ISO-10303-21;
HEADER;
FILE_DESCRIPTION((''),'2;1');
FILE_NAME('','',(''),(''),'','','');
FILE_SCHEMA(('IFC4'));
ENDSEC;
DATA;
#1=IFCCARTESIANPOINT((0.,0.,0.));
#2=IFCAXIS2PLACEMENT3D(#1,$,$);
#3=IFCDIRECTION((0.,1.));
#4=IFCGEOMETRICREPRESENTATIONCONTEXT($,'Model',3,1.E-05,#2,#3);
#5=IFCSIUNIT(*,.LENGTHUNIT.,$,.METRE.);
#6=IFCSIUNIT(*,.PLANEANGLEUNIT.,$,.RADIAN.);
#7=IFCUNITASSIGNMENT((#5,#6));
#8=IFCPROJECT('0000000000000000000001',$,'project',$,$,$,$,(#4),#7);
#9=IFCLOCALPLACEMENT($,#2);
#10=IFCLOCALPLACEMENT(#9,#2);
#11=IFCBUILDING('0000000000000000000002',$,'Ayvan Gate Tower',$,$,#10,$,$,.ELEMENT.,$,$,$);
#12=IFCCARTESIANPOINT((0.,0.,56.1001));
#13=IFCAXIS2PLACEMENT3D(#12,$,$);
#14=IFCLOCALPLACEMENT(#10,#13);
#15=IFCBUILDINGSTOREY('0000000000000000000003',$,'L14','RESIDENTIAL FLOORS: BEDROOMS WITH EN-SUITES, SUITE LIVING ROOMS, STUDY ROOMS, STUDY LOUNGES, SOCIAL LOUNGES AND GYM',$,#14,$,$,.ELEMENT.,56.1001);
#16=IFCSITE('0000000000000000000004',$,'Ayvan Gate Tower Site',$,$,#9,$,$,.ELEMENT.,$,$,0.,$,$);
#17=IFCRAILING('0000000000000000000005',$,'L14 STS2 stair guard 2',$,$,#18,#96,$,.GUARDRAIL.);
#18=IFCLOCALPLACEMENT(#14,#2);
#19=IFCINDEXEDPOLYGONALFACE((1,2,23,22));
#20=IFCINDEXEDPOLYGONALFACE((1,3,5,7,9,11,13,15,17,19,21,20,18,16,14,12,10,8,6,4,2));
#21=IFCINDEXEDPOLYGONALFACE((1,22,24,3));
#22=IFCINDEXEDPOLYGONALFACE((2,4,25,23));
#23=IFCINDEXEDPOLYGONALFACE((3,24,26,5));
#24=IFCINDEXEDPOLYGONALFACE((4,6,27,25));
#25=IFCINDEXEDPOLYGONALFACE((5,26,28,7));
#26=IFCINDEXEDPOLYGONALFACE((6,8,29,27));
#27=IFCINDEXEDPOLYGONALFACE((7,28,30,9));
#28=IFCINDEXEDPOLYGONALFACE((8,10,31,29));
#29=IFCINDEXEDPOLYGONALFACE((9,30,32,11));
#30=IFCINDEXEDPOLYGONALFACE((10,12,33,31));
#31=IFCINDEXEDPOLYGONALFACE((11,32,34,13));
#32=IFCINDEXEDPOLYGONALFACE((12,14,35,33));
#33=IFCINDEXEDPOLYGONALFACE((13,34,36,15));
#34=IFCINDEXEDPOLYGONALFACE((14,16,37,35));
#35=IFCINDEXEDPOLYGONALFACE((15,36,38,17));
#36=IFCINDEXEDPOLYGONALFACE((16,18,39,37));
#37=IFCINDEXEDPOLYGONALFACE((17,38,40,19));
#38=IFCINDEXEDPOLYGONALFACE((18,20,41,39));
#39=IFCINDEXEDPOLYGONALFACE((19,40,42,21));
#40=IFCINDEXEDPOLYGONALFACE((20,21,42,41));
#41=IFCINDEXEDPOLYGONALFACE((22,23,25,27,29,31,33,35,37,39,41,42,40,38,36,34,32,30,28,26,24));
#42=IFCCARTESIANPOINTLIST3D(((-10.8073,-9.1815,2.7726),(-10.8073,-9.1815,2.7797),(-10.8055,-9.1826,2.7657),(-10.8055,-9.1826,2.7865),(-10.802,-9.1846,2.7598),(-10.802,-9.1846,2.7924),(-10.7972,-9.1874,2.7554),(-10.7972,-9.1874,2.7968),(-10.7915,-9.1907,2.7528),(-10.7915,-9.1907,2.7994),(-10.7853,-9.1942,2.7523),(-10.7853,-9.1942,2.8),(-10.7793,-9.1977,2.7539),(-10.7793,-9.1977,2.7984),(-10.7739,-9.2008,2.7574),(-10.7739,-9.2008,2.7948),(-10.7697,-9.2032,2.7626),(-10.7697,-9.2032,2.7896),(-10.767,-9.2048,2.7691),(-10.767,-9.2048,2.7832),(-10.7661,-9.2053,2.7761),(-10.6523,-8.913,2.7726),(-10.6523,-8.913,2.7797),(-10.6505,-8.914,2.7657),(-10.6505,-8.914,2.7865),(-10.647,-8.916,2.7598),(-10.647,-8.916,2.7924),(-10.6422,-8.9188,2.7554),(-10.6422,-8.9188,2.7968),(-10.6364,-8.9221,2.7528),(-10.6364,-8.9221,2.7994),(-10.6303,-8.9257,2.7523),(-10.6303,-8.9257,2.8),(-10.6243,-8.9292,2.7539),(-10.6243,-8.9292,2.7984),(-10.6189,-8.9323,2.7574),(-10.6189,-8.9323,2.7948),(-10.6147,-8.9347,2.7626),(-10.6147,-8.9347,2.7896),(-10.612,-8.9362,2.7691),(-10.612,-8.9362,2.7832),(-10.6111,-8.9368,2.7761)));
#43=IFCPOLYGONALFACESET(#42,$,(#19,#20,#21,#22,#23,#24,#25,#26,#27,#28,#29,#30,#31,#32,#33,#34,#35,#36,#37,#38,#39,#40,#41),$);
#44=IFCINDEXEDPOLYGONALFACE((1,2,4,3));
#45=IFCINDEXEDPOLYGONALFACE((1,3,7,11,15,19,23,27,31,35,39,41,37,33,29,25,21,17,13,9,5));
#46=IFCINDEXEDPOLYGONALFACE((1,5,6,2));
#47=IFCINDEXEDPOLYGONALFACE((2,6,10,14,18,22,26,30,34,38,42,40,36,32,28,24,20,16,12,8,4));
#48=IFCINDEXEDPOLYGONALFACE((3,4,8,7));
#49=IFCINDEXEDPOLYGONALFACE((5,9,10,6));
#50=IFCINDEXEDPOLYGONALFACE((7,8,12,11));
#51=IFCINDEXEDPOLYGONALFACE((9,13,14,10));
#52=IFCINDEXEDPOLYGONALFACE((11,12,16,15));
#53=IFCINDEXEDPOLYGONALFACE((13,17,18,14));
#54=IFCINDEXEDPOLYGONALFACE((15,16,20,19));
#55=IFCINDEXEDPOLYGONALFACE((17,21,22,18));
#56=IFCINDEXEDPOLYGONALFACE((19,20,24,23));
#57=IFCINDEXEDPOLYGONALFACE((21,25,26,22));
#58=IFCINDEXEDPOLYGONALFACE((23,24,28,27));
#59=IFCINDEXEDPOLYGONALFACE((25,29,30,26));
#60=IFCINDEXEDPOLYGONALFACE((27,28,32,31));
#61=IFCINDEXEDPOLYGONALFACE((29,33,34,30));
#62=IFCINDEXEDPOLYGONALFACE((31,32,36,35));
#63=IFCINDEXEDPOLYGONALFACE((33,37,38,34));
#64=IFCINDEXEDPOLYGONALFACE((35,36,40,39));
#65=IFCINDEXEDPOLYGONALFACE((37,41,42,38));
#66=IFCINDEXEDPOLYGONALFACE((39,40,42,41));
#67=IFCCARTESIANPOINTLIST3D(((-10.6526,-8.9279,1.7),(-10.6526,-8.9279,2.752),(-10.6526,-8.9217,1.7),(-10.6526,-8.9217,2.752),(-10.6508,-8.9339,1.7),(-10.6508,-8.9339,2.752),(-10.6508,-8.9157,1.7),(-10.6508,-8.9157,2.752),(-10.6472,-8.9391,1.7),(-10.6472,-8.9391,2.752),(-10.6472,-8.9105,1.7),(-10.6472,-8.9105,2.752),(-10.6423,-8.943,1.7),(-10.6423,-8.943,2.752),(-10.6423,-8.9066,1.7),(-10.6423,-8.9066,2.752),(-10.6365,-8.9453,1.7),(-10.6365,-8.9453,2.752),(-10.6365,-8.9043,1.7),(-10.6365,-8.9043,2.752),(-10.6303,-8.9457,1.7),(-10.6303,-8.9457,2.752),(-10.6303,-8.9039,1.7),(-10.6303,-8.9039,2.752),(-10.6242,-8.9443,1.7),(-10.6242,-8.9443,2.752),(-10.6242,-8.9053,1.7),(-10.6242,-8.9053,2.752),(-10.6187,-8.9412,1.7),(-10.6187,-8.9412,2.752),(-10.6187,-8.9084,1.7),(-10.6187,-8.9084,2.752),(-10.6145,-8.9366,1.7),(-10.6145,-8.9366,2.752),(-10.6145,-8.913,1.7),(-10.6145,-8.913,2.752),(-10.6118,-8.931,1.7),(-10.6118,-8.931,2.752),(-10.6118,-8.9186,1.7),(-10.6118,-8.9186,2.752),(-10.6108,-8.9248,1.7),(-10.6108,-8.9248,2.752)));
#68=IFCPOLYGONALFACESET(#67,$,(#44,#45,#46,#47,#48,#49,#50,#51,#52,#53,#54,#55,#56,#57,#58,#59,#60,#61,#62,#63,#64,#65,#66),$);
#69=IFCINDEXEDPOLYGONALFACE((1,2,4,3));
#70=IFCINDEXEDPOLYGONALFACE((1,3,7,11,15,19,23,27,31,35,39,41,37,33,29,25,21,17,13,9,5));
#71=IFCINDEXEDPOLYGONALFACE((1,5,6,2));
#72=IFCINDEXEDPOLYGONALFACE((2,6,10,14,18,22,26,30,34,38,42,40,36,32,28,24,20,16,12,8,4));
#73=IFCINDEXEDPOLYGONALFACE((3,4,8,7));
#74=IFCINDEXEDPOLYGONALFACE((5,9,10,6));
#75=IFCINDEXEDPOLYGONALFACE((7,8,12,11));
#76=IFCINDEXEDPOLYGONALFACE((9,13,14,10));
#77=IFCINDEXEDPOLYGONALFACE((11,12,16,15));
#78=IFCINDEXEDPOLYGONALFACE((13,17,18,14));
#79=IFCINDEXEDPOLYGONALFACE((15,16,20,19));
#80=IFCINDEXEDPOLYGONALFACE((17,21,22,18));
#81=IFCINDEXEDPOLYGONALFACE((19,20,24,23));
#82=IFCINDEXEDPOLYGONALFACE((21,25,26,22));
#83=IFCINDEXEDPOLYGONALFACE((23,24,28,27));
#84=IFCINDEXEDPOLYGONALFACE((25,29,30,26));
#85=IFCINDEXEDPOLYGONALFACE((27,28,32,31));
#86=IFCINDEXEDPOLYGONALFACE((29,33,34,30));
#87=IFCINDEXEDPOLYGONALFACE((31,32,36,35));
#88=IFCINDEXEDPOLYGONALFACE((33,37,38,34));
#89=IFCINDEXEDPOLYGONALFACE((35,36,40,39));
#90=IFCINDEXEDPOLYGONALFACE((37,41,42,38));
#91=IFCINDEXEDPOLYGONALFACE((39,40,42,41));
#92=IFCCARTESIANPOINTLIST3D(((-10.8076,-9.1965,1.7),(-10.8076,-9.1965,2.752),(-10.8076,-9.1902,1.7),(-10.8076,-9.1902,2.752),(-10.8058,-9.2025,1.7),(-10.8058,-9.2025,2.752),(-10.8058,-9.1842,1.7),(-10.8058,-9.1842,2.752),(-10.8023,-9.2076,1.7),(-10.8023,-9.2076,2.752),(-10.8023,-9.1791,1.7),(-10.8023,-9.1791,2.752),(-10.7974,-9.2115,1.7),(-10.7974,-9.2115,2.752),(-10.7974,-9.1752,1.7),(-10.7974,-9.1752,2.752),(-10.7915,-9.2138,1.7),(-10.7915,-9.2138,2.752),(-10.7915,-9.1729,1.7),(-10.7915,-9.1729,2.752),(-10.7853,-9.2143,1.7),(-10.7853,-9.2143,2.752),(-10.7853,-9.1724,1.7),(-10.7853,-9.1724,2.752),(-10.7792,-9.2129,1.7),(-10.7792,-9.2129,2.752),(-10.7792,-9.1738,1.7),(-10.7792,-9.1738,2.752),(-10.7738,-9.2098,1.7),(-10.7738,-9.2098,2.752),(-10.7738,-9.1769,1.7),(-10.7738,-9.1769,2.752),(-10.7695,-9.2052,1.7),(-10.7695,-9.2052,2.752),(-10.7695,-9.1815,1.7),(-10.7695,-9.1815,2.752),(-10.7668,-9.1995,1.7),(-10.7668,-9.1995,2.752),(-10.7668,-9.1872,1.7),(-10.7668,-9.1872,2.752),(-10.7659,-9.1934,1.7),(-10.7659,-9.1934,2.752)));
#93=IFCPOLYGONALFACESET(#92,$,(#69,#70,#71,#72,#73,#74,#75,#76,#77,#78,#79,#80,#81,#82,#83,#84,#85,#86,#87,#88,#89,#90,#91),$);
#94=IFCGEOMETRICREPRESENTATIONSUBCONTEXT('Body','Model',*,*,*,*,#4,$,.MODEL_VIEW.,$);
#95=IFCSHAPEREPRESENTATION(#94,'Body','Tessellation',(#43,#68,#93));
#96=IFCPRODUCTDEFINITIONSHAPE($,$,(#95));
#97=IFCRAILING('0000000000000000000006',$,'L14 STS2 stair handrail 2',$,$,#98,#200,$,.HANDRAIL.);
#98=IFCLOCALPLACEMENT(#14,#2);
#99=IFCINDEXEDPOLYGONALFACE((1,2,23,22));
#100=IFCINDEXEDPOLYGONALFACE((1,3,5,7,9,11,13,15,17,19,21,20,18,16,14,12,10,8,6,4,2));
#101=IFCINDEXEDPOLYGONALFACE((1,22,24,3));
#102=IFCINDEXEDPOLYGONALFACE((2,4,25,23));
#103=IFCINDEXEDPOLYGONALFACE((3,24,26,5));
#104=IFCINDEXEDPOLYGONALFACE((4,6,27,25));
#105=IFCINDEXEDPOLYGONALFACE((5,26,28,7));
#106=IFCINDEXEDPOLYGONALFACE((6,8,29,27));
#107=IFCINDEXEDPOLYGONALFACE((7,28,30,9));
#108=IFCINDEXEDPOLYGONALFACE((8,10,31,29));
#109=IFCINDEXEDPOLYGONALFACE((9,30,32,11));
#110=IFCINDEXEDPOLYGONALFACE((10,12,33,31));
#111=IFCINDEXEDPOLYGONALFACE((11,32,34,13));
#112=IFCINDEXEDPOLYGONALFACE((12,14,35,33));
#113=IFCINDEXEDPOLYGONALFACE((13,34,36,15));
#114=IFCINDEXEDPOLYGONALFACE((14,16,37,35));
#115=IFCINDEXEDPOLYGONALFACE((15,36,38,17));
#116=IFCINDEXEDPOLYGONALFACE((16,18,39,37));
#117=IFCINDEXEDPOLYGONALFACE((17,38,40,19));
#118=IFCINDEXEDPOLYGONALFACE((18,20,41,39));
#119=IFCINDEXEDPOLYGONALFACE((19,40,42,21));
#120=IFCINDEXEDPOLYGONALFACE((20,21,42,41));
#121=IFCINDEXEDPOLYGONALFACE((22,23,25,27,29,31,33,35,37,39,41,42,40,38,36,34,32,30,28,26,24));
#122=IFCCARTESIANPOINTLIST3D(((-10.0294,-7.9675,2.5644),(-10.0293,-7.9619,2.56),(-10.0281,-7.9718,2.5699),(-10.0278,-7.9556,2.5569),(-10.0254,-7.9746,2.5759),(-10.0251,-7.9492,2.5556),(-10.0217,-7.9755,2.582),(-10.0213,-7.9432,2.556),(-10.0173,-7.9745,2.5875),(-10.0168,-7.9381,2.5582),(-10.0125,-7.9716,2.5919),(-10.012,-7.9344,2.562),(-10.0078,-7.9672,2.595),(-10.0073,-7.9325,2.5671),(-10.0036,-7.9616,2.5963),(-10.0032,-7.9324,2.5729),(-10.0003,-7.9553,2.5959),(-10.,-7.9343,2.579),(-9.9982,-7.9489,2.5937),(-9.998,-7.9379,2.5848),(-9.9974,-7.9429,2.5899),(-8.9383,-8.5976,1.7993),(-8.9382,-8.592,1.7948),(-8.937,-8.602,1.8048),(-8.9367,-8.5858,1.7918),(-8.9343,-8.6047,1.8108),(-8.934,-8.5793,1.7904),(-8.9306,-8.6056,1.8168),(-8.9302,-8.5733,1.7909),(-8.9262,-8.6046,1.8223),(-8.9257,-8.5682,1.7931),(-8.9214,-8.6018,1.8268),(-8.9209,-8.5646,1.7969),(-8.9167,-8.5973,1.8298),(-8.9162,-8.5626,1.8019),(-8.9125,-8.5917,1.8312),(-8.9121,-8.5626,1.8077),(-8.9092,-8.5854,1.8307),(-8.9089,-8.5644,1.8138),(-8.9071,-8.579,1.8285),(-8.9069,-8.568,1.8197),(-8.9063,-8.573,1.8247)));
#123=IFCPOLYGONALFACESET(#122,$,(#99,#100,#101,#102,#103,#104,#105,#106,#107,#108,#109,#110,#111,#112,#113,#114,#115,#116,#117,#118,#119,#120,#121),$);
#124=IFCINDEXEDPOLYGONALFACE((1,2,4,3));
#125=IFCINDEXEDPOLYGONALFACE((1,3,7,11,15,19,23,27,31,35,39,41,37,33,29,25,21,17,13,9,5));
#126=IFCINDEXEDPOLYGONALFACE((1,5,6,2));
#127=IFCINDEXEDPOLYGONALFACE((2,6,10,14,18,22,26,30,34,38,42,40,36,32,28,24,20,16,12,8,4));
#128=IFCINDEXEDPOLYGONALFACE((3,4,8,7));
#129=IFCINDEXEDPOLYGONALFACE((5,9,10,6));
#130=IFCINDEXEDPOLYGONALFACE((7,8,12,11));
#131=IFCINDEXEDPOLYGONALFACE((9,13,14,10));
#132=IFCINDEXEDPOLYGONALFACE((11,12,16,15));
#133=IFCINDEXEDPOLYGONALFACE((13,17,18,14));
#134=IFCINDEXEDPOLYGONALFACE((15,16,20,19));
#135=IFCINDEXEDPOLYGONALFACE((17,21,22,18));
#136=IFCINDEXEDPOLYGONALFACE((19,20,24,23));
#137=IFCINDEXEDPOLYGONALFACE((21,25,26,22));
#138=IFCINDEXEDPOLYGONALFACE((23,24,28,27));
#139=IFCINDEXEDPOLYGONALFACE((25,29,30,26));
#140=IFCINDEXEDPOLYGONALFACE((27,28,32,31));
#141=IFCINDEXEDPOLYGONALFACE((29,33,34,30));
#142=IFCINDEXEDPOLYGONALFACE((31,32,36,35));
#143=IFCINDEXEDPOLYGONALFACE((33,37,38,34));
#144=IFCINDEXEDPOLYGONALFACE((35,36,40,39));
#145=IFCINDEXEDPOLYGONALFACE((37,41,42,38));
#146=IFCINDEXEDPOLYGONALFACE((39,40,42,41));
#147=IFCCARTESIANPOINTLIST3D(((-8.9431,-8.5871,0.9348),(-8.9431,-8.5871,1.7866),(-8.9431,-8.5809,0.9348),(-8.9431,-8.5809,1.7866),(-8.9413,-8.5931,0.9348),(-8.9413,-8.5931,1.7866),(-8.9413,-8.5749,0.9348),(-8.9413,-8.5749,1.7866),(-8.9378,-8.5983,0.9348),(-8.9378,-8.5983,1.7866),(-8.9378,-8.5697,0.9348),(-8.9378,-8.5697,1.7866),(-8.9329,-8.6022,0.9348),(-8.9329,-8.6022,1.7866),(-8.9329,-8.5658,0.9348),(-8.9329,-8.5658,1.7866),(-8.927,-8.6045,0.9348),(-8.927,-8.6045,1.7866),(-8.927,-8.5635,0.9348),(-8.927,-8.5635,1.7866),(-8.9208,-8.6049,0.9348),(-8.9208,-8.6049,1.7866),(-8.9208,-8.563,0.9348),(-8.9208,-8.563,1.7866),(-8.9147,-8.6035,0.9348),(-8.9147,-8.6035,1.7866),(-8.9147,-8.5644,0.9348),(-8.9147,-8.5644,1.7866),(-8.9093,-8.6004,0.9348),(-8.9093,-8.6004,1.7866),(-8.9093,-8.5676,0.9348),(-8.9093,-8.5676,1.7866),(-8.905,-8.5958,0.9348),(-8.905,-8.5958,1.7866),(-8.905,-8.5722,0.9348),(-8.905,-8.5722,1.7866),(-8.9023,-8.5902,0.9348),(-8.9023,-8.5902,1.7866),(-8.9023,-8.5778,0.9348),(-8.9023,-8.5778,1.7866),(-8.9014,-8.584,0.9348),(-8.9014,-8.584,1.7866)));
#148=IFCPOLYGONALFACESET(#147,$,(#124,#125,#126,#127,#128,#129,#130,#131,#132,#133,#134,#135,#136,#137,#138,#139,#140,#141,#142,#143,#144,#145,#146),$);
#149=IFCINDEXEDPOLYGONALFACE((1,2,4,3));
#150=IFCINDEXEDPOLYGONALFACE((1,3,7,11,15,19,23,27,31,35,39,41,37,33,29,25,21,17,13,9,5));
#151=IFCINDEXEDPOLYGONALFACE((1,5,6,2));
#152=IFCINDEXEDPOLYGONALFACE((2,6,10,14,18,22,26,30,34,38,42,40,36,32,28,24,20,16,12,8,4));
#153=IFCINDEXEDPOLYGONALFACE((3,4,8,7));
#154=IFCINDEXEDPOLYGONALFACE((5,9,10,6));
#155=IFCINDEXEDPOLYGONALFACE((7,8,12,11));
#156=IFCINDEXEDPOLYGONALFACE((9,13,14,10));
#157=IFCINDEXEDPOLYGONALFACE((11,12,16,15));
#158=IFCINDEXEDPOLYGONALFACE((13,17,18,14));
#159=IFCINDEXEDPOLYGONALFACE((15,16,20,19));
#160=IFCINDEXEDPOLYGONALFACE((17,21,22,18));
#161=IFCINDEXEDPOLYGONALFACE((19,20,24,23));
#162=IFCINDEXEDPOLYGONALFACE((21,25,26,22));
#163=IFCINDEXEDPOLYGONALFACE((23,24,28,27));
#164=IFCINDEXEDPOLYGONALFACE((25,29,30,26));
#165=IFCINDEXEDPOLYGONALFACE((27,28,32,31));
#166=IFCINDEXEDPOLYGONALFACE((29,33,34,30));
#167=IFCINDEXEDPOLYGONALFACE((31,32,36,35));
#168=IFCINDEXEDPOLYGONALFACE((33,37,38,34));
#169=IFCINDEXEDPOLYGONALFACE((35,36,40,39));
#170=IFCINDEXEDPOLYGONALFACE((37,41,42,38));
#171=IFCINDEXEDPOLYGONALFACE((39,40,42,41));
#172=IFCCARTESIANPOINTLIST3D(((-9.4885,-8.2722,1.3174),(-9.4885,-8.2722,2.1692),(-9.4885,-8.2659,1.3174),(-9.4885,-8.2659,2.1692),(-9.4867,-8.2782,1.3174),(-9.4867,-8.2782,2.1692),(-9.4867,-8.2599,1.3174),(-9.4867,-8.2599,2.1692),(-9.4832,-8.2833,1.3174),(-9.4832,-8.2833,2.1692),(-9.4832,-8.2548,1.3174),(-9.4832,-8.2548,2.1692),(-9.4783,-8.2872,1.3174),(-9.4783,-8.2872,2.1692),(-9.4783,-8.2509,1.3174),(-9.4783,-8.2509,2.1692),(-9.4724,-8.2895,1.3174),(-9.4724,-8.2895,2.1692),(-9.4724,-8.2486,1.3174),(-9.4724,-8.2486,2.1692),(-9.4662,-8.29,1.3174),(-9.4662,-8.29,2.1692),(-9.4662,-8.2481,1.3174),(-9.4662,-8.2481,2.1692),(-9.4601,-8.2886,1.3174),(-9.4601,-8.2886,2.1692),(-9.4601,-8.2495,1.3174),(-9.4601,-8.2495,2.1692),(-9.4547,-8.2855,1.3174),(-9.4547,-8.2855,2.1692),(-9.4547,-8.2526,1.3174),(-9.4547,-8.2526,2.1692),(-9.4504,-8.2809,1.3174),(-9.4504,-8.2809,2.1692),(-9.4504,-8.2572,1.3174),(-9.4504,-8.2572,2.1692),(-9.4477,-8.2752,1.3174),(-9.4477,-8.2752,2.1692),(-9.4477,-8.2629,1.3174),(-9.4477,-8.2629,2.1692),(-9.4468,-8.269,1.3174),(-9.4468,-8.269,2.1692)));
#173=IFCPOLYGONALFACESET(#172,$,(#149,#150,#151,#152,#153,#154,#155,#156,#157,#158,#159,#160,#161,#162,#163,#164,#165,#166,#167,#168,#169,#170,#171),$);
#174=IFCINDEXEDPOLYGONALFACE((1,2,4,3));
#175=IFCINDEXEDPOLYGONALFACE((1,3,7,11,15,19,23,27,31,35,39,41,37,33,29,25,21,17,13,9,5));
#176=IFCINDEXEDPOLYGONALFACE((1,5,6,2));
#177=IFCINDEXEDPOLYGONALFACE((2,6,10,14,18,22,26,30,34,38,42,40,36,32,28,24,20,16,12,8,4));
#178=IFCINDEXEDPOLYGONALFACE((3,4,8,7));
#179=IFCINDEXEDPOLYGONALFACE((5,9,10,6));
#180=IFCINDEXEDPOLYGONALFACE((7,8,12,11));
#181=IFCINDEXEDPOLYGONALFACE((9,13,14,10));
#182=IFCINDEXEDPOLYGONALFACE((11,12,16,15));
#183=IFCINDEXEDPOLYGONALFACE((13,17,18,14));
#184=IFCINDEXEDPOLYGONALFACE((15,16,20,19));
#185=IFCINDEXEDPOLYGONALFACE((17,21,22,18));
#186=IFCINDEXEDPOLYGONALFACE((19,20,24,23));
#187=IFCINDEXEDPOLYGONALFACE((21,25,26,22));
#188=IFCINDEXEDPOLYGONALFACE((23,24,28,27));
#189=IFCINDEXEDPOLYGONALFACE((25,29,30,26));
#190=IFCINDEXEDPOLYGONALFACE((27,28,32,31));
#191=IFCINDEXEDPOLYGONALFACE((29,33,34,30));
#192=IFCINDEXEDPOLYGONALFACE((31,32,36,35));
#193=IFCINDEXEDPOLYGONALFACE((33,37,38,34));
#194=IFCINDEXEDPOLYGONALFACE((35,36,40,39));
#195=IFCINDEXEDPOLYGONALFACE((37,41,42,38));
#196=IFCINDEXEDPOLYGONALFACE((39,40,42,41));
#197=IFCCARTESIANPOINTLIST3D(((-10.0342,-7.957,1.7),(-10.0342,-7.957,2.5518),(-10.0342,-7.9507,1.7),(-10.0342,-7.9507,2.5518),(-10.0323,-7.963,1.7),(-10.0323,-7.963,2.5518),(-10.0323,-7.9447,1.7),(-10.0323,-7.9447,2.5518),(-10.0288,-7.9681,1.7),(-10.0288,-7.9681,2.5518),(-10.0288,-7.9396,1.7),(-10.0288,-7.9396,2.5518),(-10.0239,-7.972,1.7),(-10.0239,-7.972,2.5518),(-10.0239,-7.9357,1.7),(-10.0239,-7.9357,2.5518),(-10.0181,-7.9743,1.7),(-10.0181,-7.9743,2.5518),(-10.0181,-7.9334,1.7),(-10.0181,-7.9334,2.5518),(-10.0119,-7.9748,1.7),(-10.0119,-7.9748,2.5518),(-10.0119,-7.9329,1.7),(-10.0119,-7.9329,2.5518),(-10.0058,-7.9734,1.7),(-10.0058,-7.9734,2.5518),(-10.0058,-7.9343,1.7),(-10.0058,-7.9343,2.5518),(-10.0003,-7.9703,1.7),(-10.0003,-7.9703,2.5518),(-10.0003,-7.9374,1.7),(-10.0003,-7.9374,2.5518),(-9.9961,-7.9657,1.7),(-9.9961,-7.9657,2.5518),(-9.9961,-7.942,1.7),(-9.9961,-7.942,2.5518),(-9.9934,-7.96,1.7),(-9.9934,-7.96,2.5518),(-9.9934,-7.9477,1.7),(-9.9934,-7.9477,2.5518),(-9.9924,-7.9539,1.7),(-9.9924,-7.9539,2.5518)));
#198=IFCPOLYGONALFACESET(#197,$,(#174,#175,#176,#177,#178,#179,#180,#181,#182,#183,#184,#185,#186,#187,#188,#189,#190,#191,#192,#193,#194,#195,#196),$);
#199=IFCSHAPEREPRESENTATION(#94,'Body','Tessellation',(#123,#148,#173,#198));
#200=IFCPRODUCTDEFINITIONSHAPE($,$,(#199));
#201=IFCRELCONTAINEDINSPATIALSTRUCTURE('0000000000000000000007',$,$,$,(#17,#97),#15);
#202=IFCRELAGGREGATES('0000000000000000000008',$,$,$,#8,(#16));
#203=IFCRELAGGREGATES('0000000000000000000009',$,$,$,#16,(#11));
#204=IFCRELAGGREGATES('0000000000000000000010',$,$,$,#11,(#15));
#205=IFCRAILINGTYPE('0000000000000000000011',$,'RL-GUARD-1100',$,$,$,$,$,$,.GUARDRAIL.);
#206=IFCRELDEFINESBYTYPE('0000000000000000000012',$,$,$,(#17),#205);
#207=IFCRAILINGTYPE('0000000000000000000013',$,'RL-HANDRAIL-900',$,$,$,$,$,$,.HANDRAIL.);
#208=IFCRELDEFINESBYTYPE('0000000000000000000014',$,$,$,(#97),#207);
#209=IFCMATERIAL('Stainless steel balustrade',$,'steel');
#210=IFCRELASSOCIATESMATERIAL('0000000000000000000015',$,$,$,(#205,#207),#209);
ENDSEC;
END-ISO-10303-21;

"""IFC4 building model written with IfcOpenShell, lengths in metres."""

from ifc_helpers import new_model, si_unit, direction, frame, origin, origin_2d, place, context, subcontext, project, spatial, circle, extrude, material, type_object, element, save


model = new_model("IFC4")

# Units and contexts
model_context = context("Model", 3, precision=1e-05, world=origin(), true_north=direction((0.0, 1.0)))
body_context = subcontext(model_context, "Body", "Model", "MODEL_VIEW")
ifc_project = project(units=[si_unit("LENGTHUNIT", "METRE"), si_unit("PLANEANGLEUNIT", "RADIAN")], contexts=[model_context])

# Site, building, storey
site_placement = place(None, origin())
site = spatial("IfcSite", under=ifc_project, at=site_placement, Name="Ayvan Gate Tower Site", CompositionType="ELEMENT", RefElevation=0.0)
building_placement = place(site_placement, origin())
building = spatial("IfcBuilding", under=site, at=building_placement, Name="Ayvan Gate Tower", CompositionType="ELEMENT")
storey_placement = place(building_placement, frame((0.0, 0.0, 56.1001)))
storey = spatial("IfcBuildingStorey", under=building, at=storey_placement, Name="L14", Description="RESIDENTIAL FLOORS: BEDROOMS WITH EN-SUITES, SUITE LIVING ROOMS, STUDY ROOMS, STUDY LOUNGES, SOCIAL LOUNGES AND GYM", CompositionType="ELEMENT", Elevation=56.1001)

# Railings
ifc_material_1 = material(Name="Stainless steel balustrade", Category="steel")
railing_type_1 = type_object("IfcRailingType", Name="RL-GUARD-1100", PredefinedType="GUARDRAIL", material=ifc_material_1)
railing_1_placement = place(storey_placement, frame((-10.6318, -8.9248, 1.7)))
element("IfcRailing", 1, at=railing_1_placement, inside=storey, type_object=railing_type_1, Name="L14 STS2 stair guard 2", PredefinedType="GUARDRAIL", context=body_context, shape_type="SweptSolid", body=[
    extrude(circle(Radius=0.0239, at=origin_2d()), frame((0.0, 0.0, 1.0762), z_axis=(-0.49995, -0.866054, 0.0), x_axis=(0.866054, -0.49995, 0.0)), (0.0, 0.0, 1.0), 0.3101),
    extrude(circle(Radius=0.021, at=origin_2d()), origin(), (0.0, 0.0, 1.0), 1.052),
    extrude(circle(Radius=0.021, at=origin_2d()), frame((-0.155, -0.2686, 0.0)), (0.0, 0.0, 1.0), 1.052),
])
railing_type_2 = type_object("IfcRailingType", Name="RL-HANDRAIL-900", PredefinedType="HANDRAIL", material=ifc_material_1)
railing_2_placement = place(storey_placement, frame((-8.9224, -8.584, 0.9348)))
element("IfcRailing", 2, at=railing_2_placement, inside=storey, type_object=railing_type_2, Name="L14 STS2 stair handrail 2", PredefinedType="HANDRAIL", context=body_context, shape_type="SweptSolid", body=[
    extrude(circle(Radius=0.0239, at=origin_2d()), frame((0.0, 0.0, 0.876), z_axis=(-0.740166, 0.427471, 0.51906), x_axis=(-0.500119, -0.865956, 0.0)), (0.0, 0.0, 1.0), 1.4741),
    extrude(circle(Radius=0.021, at=origin_2d()), origin(), (0.0, 0.0, 1.0), 0.8518),
    extrude(circle(Radius=0.021, at=origin_2d()), frame((-0.5454, 0.3149, 0.3826)), (0.0, 0.0, 1.0), 0.8518),
    extrude(circle(Radius=0.021, at=origin_2d()), frame((-1.0911, 0.6301, 0.7651)), (0.0, 0.0, 1.0), 0.8518),
])

save(model, "model.ifc")
